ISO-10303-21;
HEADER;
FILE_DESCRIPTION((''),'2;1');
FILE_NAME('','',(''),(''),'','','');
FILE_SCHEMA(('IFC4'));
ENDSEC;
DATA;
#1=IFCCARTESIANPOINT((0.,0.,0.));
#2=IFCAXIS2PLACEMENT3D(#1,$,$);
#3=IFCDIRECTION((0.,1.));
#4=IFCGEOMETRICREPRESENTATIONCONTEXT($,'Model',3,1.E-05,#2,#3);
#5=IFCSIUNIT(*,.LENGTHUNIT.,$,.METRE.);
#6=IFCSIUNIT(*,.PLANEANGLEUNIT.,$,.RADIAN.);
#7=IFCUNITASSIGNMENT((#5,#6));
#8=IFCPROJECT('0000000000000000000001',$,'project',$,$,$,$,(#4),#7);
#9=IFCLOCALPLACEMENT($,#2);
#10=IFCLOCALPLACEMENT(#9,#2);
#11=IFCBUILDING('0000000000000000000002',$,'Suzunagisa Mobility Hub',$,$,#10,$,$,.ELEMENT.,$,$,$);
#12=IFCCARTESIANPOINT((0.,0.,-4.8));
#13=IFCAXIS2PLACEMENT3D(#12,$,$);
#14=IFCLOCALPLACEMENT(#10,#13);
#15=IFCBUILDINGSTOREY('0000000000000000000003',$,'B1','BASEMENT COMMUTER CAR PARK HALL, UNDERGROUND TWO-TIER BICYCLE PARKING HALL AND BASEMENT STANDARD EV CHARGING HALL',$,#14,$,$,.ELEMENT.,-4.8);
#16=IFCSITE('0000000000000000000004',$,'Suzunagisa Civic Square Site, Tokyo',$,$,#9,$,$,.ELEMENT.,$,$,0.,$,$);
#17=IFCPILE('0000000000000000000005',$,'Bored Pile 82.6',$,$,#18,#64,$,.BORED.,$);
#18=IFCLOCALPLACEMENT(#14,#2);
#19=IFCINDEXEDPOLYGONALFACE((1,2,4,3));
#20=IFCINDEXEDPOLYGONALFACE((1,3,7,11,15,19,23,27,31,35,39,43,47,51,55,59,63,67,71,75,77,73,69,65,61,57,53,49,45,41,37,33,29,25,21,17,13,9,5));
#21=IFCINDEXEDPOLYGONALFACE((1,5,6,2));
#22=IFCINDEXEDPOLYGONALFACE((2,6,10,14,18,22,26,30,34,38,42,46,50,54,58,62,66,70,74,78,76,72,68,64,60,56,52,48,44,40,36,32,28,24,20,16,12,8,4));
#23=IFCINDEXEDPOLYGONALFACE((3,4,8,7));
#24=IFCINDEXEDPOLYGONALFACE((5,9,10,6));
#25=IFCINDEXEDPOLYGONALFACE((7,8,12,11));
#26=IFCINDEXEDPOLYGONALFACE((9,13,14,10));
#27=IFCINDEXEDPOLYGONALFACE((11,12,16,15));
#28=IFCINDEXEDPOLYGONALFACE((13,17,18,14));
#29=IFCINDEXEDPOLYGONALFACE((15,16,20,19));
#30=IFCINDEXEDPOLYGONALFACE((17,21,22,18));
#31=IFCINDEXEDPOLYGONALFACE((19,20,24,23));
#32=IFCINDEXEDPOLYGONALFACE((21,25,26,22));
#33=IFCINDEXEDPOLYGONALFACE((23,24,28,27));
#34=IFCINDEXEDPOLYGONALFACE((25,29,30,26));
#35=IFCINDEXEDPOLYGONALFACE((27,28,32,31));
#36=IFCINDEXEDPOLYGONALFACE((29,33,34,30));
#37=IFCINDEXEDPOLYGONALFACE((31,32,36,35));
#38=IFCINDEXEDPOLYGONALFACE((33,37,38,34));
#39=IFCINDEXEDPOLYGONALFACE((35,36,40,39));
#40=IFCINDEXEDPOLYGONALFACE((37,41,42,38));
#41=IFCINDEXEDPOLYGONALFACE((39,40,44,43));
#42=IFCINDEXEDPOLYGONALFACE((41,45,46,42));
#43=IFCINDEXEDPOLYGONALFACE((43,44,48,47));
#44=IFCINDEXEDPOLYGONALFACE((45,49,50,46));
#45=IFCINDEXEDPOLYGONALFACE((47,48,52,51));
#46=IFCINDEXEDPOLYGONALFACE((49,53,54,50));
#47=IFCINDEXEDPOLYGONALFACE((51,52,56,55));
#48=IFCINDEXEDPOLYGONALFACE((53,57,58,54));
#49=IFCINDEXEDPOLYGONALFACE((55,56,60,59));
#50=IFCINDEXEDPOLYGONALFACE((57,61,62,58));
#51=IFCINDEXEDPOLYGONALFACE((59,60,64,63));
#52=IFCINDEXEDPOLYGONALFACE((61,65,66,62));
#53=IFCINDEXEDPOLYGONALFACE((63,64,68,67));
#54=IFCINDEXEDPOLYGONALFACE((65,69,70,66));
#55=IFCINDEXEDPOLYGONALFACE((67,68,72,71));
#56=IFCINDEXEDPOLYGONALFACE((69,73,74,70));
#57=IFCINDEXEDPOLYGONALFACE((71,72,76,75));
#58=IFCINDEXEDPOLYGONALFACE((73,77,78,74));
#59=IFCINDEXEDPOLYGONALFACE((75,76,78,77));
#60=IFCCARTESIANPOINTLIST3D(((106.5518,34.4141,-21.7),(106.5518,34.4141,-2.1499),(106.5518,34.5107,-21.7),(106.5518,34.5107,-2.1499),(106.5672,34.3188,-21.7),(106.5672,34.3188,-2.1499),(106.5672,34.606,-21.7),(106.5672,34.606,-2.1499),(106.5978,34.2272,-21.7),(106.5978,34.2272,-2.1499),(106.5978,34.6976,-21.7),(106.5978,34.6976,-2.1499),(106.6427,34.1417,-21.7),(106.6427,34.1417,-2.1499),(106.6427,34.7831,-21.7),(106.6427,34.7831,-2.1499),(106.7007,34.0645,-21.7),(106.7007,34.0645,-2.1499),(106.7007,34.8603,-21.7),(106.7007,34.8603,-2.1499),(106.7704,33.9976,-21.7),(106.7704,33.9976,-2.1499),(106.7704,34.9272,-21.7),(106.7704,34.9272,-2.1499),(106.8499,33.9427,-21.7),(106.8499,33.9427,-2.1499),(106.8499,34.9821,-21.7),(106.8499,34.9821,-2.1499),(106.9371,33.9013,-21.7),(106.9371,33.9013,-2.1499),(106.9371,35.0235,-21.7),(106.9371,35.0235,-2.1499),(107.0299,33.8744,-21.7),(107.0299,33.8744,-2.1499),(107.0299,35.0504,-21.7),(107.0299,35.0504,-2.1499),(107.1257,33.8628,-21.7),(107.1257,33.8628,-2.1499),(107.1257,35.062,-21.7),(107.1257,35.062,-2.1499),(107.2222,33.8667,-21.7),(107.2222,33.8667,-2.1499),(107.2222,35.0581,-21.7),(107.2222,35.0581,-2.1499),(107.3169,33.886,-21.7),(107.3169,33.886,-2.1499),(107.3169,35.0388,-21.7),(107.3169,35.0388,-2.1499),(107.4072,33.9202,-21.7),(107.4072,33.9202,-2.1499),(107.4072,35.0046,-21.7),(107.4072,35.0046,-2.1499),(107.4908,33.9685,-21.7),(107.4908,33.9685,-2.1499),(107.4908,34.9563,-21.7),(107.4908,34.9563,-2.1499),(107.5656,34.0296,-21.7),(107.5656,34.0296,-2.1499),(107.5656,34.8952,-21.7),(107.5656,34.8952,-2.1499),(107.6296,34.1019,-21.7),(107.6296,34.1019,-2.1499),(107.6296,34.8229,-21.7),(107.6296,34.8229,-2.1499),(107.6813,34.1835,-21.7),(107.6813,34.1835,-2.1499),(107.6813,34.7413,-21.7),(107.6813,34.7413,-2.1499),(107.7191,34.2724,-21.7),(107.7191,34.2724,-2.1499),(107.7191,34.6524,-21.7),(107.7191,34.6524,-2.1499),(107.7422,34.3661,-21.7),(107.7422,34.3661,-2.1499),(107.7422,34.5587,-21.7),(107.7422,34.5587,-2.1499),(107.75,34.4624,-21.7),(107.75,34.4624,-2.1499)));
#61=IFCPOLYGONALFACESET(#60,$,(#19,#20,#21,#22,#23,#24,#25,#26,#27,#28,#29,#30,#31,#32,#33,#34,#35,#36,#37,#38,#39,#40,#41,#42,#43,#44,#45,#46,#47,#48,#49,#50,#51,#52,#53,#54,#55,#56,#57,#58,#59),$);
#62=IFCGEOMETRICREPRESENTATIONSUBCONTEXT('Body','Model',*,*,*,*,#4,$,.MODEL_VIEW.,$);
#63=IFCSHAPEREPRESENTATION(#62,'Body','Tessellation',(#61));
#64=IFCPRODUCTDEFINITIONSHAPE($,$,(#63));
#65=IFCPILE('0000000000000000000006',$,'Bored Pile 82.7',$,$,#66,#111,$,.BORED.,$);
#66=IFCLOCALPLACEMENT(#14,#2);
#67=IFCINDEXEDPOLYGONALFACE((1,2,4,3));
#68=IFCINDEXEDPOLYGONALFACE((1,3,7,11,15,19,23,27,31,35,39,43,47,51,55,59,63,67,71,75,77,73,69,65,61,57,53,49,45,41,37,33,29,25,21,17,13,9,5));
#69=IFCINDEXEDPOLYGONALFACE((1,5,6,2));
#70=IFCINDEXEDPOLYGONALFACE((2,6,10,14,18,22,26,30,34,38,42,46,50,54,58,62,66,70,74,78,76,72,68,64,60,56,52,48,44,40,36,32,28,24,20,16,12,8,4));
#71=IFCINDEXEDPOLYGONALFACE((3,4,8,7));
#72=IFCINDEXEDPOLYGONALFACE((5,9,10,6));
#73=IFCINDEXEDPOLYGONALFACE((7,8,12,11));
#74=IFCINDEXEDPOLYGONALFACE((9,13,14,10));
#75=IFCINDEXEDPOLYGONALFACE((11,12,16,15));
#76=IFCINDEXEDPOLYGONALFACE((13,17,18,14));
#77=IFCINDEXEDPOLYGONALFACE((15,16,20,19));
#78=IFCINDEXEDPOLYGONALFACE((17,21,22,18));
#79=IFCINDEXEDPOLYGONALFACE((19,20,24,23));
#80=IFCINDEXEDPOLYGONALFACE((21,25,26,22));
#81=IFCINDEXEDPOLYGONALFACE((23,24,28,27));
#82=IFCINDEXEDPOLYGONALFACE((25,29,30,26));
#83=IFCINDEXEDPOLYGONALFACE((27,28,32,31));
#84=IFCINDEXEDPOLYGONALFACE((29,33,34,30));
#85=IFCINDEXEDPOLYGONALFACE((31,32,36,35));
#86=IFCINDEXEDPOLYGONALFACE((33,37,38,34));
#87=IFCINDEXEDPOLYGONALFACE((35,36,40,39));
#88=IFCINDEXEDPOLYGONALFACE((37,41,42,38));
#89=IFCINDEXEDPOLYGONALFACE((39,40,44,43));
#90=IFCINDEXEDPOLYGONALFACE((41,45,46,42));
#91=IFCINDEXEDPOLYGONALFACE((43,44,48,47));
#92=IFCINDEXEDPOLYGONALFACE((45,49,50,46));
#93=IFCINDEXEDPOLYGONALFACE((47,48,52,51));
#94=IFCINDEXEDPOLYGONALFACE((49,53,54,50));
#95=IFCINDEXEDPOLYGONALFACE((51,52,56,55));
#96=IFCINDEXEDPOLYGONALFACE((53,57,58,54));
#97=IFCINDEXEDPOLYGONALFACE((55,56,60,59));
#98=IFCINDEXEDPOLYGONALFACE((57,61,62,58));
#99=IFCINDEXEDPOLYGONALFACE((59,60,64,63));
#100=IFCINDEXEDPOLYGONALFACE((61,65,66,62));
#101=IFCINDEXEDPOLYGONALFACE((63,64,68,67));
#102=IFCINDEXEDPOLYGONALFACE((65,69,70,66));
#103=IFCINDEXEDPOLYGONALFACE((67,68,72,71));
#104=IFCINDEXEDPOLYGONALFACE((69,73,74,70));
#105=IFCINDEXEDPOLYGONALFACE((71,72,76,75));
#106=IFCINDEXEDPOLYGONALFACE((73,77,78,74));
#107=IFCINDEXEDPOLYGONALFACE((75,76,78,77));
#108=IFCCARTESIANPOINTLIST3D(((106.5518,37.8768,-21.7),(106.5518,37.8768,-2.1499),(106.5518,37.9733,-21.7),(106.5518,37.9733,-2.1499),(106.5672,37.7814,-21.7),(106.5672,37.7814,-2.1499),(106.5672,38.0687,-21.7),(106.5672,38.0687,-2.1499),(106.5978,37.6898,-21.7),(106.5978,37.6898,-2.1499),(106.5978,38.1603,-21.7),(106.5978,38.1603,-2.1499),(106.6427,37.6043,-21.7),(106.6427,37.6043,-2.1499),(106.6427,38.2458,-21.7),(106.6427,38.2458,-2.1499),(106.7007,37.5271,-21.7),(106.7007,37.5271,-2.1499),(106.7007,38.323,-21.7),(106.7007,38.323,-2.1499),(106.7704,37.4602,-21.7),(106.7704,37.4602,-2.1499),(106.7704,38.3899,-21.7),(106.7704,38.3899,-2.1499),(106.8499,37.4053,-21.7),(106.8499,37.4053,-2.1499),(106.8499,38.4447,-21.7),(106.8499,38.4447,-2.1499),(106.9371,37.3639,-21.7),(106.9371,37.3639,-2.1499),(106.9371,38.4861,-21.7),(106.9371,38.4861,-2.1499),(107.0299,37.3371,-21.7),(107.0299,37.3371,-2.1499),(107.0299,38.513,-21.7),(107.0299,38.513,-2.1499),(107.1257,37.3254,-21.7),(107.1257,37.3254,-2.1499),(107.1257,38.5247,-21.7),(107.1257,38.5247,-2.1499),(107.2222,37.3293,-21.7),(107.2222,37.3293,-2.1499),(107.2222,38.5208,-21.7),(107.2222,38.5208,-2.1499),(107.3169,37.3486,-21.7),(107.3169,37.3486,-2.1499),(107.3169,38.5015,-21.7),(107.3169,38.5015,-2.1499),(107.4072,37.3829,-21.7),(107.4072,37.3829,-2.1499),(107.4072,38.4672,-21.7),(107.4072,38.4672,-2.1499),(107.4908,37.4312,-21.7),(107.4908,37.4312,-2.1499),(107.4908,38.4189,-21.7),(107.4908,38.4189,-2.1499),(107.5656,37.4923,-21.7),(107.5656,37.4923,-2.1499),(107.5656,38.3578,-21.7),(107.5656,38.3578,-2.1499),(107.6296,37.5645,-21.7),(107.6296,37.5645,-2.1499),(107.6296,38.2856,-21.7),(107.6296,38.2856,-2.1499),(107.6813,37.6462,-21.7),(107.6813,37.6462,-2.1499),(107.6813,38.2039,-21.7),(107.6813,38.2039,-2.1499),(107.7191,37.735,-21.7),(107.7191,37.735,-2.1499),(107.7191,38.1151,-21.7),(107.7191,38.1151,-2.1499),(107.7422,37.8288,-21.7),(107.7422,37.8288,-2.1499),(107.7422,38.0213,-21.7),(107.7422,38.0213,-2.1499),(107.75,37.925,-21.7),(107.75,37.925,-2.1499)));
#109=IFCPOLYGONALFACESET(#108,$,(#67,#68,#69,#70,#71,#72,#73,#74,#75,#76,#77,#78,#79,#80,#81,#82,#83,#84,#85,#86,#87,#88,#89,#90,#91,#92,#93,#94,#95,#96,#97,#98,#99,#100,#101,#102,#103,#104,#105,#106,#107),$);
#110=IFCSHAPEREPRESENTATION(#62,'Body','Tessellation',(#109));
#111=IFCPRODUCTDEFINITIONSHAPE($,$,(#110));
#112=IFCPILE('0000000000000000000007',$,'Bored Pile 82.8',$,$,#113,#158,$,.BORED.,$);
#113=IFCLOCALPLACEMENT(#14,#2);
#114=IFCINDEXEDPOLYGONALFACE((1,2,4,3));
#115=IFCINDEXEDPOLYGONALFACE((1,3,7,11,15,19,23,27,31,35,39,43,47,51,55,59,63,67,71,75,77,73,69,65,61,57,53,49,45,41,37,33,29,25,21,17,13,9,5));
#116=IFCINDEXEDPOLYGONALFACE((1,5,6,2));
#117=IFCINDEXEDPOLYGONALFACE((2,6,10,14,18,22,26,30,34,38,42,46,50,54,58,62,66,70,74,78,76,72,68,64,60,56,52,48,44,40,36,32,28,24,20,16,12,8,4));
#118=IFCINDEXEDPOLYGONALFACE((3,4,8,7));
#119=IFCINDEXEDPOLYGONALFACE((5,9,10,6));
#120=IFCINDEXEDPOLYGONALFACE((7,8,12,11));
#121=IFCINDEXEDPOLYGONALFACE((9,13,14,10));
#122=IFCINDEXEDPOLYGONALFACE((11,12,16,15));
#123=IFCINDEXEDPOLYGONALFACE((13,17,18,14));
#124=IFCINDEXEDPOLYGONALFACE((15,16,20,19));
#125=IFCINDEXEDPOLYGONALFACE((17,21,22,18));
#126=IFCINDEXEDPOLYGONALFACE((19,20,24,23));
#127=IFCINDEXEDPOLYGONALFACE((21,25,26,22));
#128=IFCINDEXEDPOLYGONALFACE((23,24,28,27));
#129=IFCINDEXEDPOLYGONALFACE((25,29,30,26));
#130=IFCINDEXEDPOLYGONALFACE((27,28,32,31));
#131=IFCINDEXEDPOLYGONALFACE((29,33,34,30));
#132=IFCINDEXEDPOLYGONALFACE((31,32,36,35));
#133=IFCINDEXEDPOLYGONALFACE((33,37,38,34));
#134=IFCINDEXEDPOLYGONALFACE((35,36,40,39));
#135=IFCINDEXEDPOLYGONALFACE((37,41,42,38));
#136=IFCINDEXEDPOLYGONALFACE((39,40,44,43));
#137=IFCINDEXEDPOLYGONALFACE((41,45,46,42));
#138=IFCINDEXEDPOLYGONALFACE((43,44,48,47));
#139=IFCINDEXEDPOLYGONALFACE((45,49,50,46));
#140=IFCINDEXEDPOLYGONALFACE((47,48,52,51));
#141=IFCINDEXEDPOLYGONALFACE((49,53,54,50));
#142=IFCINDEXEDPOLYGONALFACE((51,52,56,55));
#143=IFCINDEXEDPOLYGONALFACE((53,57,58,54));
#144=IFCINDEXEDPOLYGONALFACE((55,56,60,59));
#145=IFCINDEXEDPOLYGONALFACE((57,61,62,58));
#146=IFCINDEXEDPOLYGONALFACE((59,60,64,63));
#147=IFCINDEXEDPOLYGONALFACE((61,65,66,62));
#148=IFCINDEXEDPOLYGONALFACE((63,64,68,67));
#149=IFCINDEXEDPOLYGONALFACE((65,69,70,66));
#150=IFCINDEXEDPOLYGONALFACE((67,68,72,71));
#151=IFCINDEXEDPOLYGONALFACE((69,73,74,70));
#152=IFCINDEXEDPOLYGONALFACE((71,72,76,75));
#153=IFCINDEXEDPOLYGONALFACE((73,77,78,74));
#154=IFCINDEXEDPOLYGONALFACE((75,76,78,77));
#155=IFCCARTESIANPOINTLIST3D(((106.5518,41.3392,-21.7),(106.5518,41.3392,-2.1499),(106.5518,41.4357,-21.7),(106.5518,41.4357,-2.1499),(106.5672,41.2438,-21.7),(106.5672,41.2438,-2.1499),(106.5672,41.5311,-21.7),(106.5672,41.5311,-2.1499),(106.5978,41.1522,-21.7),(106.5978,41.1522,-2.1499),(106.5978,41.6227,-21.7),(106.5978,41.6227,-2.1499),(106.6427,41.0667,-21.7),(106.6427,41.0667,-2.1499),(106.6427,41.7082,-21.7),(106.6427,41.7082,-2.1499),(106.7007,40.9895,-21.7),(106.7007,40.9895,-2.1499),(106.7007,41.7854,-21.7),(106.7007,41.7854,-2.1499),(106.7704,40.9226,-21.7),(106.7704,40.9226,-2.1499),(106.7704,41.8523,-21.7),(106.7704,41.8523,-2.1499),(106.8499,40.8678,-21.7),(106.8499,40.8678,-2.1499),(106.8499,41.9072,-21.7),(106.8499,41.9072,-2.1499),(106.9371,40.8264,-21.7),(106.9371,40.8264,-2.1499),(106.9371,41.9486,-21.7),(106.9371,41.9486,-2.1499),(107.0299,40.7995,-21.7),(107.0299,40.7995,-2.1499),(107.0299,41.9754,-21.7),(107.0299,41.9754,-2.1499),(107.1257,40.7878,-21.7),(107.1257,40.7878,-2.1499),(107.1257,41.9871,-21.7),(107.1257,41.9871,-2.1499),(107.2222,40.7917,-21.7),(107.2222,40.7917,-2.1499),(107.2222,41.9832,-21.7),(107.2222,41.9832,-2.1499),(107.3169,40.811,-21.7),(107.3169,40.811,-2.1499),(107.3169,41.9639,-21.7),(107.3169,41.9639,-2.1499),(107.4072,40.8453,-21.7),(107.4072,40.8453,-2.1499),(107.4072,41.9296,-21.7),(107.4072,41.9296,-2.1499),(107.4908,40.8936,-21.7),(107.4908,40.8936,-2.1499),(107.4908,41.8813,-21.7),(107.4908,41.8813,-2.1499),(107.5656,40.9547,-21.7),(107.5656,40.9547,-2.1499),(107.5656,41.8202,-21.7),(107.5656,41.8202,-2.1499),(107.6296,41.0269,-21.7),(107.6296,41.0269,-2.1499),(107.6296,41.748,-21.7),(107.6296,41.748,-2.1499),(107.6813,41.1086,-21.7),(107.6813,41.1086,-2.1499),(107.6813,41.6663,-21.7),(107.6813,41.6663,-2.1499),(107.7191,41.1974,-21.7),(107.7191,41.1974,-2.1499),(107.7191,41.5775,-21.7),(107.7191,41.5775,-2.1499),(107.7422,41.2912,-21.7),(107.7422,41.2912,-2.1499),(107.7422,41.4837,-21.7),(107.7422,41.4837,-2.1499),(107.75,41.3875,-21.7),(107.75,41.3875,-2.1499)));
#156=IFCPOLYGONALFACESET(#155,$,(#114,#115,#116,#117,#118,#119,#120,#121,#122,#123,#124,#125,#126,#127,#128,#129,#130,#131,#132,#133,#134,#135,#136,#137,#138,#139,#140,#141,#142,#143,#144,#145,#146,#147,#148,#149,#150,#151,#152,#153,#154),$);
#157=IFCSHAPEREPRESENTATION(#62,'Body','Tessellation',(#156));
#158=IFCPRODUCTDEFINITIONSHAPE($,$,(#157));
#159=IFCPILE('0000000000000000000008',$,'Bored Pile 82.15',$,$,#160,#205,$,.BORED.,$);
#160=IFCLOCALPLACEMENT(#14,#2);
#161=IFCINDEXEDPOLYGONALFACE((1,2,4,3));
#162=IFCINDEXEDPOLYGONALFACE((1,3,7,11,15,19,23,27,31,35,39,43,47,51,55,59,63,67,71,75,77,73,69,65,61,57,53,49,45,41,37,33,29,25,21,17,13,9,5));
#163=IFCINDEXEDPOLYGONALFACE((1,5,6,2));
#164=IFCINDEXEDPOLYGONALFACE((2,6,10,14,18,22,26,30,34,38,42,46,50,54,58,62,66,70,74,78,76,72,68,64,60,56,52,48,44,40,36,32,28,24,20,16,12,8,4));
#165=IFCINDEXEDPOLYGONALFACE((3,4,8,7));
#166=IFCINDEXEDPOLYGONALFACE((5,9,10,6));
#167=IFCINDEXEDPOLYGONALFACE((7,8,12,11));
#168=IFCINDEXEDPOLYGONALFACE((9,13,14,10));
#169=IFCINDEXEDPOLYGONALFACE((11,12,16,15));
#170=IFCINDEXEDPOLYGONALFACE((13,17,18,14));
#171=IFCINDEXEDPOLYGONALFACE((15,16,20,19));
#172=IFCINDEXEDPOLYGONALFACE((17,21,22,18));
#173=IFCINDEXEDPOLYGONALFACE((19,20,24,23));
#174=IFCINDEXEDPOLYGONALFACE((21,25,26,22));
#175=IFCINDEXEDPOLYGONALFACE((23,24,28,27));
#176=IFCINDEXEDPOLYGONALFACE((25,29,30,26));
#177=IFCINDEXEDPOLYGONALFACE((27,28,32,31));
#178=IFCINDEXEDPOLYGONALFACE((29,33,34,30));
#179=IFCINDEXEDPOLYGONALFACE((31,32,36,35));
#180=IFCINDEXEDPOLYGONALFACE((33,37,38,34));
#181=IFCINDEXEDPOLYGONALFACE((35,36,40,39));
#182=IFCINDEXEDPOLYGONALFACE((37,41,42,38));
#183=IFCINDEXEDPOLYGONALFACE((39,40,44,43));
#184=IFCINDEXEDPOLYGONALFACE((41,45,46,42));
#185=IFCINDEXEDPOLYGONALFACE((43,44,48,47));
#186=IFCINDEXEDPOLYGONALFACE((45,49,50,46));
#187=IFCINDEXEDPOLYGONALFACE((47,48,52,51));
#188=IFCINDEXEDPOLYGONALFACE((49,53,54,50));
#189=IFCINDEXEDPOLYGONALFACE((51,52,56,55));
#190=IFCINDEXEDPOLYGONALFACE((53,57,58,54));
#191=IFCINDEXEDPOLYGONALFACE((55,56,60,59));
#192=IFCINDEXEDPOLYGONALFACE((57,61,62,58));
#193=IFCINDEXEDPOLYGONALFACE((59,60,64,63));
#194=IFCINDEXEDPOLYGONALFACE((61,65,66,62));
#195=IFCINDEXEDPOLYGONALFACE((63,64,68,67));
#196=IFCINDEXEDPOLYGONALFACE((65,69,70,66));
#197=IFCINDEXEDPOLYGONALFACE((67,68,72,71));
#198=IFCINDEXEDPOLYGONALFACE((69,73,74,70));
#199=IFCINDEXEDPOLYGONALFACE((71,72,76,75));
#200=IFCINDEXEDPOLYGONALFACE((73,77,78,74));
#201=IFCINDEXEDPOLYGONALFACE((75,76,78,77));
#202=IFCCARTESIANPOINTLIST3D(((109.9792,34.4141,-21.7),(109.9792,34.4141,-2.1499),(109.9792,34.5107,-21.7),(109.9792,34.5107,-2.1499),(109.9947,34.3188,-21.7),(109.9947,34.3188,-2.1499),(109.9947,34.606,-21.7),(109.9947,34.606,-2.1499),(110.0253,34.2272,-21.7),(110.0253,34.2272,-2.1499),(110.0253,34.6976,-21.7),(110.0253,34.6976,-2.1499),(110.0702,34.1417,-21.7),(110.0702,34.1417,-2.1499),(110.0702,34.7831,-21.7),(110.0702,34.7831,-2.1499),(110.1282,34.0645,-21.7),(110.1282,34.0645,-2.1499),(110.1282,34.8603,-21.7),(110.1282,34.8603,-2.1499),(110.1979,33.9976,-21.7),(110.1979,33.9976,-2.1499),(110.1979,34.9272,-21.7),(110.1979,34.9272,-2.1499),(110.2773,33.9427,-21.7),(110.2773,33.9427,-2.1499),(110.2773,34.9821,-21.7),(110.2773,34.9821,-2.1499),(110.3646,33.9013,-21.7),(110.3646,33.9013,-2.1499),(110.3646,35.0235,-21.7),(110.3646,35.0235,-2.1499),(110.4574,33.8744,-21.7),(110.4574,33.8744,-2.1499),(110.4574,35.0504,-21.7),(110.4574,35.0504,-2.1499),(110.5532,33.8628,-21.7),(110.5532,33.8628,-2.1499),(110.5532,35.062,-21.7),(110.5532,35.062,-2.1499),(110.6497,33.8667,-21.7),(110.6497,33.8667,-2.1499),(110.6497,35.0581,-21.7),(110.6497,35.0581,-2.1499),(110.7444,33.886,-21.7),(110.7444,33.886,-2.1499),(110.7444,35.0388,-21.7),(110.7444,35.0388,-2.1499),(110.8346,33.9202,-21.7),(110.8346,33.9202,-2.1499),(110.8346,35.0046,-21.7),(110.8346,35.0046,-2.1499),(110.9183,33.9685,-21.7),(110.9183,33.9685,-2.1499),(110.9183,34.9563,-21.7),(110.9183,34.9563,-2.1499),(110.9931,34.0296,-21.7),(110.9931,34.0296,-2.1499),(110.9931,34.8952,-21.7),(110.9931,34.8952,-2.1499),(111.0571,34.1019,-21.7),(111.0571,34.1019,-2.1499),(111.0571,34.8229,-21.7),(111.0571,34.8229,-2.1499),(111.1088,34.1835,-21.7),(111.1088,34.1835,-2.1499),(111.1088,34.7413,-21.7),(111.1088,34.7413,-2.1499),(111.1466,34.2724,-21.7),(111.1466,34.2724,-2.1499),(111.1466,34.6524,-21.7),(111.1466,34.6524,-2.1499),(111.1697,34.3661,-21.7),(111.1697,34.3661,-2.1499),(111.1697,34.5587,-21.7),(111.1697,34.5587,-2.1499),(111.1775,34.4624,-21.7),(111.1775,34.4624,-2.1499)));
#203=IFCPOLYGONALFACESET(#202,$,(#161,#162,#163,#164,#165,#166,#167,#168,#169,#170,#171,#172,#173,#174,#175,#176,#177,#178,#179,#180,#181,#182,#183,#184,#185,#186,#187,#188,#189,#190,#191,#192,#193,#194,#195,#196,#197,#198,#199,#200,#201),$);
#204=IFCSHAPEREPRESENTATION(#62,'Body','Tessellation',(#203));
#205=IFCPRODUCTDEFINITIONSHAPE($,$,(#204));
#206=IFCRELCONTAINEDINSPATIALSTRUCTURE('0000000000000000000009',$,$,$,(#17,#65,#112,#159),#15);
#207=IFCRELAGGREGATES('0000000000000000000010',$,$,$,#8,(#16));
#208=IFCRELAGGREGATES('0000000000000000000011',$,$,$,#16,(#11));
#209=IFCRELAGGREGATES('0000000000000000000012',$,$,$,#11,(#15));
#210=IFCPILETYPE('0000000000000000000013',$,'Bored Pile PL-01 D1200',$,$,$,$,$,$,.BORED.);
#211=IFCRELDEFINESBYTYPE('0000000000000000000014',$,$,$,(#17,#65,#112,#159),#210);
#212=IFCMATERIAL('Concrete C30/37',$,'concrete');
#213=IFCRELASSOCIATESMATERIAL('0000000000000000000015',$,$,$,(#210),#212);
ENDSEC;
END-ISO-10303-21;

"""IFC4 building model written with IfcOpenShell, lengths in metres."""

from ifc_helpers import new_model, si_unit, direction, frame, origin, origin_2d, place, context, subcontext, project, spatial, circle, extrude, material, material_profile, profile_set, type_object, element, save


model = new_model("IFC4")

# Units and contexts
model_context = context("Model", 3, precision=1e-05, world=origin(), true_north=direction((0.0, 1.0)))
body_context = subcontext(model_context, "Body", "Model", "MODEL_VIEW")
ifc_project = project(units=[si_unit("LENGTHUNIT", "METRE"), si_unit("PLANEANGLEUNIT", "RADIAN")], contexts=[model_context])

# Site, building, storey
site_placement = place(None, origin())
site = spatial("IfcSite", under=ifc_project, at=site_placement, Name="Suzunagisa Civic Square Site, Tokyo", CompositionType="ELEMENT", RefElevation=0.0)
building_placement = place(site_placement, origin())
building = spatial("IfcBuilding", under=site, at=building_placement, Name="Suzunagisa Mobility Hub", CompositionType="ELEMENT")
storey_placement = place(building_placement, frame((0.0, 0.0, -4.8)))
storey = spatial("IfcBuildingStorey", under=building, at=storey_placement, Name="B1", Description="BASEMENT COMMUTER CAR PARK HALL, UNDERGROUND TWO-TIER BICYCLE PARKING HALL AND BASEMENT STANDARD EV CHARGING HALL", CompositionType="ELEMENT", Elevation=-4.8)

# Piles
ifc_material_1 = material(Name="Concrete C30/37", Category="concrete")
ifc_material_profile_1 = material_profile(ifc_material_1, circle(Radius=0.6001, at=origin_2d()), Name="BORED PILE D1200")
ifc_profile_set_1 = profile_set([ifc_material_profile_1], Name="Concrete C30/37")
pile_type_1 = type_object("IfcPileType", Name="Bored Pile PL-01 D1200", PredefinedType="BORED", material=ifc_profile_set_1)
for number, where, z_axis, x_axis, name in (
    (1, (107.1499, 34.4624, -2.1499), (0.0, 0.0, -1.0), (1.0, 0.0, 0.0), "Bored Pile 82.6"),
    (2, (107.1499, 37.925, -2.1499), (0.0, 0.0, -1.0), (1.0, 0.0, 0.0), "Bored Pile 82.7"),
    (3, (107.1499, 41.3875, -2.1499), (0.0, 0.0, -1.0), (1.0, 0.0, 0.0), "Bored Pile 82.8"),
    (4, (110.5774, 34.4624, -2.1499), (0.0, 0.0, -1.0), (1.0, 0.0, 0.0), "Bored Pile 82.15"),
):
    element("IfcPile", number, at=place(storey_placement, frame(where, z_axis=z_axis, x_axis=x_axis)), inside=storey, type_object=pile_type_1, Name=name, PredefinedType="BORED", context=body_context, shape_type="SweptSolid", body=[
        extrude(circle(Radius=0.6001, at=origin_2d()), origin(), (0.0, 0.0, 1.0), 19.55),
    ])

save(model, "model.ifc")
